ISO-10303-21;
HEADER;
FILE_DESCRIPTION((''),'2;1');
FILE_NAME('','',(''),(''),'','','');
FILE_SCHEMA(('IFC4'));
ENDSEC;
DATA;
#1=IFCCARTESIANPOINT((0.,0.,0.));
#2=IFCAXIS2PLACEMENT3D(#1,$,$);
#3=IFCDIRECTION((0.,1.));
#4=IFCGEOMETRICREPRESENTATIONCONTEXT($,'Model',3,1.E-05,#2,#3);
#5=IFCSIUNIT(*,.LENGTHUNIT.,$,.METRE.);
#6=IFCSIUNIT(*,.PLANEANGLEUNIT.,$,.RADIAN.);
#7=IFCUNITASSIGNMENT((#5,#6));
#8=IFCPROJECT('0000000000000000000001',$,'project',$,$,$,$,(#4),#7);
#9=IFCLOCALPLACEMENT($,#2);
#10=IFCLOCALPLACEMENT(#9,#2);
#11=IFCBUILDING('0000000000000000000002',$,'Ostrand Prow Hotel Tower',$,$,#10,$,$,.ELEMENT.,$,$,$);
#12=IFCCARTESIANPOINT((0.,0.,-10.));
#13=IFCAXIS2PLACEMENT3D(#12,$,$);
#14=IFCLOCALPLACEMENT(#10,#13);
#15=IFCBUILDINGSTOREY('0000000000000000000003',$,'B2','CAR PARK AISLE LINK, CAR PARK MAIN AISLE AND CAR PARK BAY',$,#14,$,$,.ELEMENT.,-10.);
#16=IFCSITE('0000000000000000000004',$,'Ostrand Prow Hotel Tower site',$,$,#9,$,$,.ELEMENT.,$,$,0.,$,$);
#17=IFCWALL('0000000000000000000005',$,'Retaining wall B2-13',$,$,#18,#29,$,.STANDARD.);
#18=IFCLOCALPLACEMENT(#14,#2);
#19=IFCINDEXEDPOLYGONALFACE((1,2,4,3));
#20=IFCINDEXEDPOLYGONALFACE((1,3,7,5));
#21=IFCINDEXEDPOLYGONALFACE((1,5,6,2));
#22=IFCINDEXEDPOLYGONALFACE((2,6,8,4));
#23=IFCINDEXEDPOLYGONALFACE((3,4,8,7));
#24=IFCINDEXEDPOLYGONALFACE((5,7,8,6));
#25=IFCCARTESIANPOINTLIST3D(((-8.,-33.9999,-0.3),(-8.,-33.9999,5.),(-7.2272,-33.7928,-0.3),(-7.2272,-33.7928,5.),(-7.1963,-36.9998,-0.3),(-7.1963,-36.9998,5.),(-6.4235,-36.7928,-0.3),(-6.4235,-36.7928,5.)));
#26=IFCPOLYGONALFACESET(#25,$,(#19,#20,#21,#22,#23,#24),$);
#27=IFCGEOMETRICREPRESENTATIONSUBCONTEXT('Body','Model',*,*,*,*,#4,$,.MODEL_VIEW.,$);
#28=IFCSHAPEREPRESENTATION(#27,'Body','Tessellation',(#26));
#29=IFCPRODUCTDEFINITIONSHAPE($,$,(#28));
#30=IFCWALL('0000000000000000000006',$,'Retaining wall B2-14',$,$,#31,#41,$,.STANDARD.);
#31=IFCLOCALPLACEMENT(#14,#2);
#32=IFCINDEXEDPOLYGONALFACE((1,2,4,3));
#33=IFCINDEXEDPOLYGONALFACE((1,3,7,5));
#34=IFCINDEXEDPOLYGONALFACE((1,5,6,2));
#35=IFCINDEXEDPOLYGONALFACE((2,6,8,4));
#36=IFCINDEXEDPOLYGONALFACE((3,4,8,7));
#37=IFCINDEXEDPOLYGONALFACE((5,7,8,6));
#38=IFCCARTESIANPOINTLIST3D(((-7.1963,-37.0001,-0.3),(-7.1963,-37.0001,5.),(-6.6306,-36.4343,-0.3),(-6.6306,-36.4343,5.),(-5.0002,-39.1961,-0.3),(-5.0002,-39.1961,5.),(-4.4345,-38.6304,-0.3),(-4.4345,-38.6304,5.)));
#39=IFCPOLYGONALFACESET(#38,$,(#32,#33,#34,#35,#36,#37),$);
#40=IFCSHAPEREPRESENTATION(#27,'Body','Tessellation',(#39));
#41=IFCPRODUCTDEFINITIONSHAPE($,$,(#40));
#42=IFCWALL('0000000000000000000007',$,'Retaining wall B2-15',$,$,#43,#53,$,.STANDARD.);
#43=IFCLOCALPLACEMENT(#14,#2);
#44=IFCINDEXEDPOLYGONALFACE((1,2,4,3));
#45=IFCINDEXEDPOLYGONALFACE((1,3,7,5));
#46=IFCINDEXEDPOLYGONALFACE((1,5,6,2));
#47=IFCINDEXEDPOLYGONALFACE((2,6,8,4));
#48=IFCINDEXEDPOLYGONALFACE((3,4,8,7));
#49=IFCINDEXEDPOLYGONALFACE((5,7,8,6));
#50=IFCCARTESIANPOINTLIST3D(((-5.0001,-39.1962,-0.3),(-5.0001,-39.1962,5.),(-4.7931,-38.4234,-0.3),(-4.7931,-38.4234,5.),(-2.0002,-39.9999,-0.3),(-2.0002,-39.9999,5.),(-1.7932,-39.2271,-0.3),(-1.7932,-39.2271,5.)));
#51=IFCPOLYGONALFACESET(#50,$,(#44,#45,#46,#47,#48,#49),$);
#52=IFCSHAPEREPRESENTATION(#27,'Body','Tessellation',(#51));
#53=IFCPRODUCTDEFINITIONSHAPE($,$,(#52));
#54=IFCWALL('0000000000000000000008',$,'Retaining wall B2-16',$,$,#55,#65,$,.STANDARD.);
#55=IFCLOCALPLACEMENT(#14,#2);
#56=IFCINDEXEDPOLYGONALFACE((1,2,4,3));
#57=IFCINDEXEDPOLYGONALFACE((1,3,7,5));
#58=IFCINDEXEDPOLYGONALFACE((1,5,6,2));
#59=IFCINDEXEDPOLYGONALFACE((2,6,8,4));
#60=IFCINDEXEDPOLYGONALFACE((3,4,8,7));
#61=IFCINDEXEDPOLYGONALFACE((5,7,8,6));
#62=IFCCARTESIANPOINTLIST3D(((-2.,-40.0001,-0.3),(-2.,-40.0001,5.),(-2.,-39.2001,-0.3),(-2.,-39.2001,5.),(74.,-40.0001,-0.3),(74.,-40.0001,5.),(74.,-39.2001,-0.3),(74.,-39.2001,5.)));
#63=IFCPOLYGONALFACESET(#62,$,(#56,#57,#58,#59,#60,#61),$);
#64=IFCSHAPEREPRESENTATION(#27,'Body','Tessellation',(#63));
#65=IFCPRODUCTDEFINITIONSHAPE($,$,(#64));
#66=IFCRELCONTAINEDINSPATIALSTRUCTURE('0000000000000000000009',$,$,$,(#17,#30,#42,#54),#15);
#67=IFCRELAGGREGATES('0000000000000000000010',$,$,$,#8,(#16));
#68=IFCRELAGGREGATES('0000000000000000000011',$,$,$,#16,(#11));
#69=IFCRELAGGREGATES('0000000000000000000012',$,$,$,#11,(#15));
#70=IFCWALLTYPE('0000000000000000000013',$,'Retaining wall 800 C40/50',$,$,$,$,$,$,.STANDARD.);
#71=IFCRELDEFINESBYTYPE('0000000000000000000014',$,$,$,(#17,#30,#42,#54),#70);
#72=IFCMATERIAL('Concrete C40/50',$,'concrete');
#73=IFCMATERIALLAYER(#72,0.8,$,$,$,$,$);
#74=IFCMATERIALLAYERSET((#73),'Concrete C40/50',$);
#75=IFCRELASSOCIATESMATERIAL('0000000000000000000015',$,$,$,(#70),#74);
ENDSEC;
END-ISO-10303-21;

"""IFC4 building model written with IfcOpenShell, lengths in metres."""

from ifc_helpers import new_model, si_unit, direction, frame, frame_2d, origin, place, context, subcontext, project, spatial, rectangle, extrude, material, layer, layer_set, type_object, element, save


model = new_model("IFC4")

# Units and contexts
model_context = context("Model", 3, precision=1e-05, world=origin(), true_north=direction((0.0, 1.0)))
body_context = subcontext(model_context, "Body", "Model", "MODEL_VIEW")
ifc_project = project(units=[si_unit("LENGTHUNIT", "METRE"), si_unit("PLANEANGLEUNIT", "RADIAN")], contexts=[model_context])

# Site, building, storey
site_placement = place(None, origin())
site = spatial("IfcSite", under=ifc_project, at=site_placement, Name="Ostrand Prow Hotel Tower site", CompositionType="ELEMENT", RefElevation=0.0)
building_placement = place(site_placement, origin())
building = spatial("IfcBuilding", under=site, at=building_placement, Name="Ostrand Prow Hotel Tower", CompositionType="ELEMENT")
storey_placement = place(building_placement, frame((0.0, 0.0, -10.0)))
storey = spatial("IfcBuildingStorey", under=building, at=storey_placement, Name="B2", Description="CAR PARK AISLE LINK, CAR PARK MAIN AISLE AND CAR PARK BAY", CompositionType="ELEMENT", Elevation=-10.0)

# Walls
ifc_material_1 = material(Name="Concrete C40/50", Category="concrete")
ifc_layer_1 = layer(ifc_material_1, 0.8)
ifc_layer_set_1 = layer_set([ifc_layer_1], Name="Concrete C40/50")
wall_type = type_object("IfcWallType", Name="Retaining wall 800 C40/50", PredefinedType="STANDARD", material=ifc_layer_set_1)
for number, where, z_axis, x_axis, name in (
    (1, (-7.6135, -33.8965, -0.3), (0.0, 0.0, 1.0), (0.258778, -0.965937, 0.0), "Retaining wall B2-13"),
    (2, (-6.9133, -36.7173, -0.3), (0.0, 0.0, 1.0), (0.707107, -0.707107, 0.0), "Retaining wall B2-14"),
    (3, (-4.8965, -38.8098, -0.3), (0.0, 0.0, 1.0), (0.965937, -0.258778, 0.0), "Retaining wall B2-15"),
):
    element("IfcWall", number, at=place(storey_placement, frame(where, z_axis=z_axis, x_axis=x_axis)), inside=storey, type_object=wall_type, Name=name, PredefinedType="STANDARD", context=body_context, shape_type="SweptSolid", body=[
        extrude(rectangle(XDim=3.1057, YDim=0.8, at=frame_2d((1.5527, 0.0))), origin(), (0.0, 0.0, 1.0), 5.3),
    ])
wall_placement = place(storey_placement, frame((-2.0, -39.6001, -0.3), z_axis=(0.0, 0.0, 1.0), x_axis=(1.0, 0.0, 0.0)))
element("IfcWall", 4, at=wall_placement, inside=storey, type_object=wall_type, Name="Retaining wall B2-16", PredefinedType="STANDARD", context=body_context, shape_type="SweptSolid", body=[
    extrude(rectangle(XDim=76.0, YDim=0.8, at=frame_2d((38.0, 0.0))), origin(), (0.0, 0.0, 1.0), 5.3),
])

save(model, "model.ifc")
